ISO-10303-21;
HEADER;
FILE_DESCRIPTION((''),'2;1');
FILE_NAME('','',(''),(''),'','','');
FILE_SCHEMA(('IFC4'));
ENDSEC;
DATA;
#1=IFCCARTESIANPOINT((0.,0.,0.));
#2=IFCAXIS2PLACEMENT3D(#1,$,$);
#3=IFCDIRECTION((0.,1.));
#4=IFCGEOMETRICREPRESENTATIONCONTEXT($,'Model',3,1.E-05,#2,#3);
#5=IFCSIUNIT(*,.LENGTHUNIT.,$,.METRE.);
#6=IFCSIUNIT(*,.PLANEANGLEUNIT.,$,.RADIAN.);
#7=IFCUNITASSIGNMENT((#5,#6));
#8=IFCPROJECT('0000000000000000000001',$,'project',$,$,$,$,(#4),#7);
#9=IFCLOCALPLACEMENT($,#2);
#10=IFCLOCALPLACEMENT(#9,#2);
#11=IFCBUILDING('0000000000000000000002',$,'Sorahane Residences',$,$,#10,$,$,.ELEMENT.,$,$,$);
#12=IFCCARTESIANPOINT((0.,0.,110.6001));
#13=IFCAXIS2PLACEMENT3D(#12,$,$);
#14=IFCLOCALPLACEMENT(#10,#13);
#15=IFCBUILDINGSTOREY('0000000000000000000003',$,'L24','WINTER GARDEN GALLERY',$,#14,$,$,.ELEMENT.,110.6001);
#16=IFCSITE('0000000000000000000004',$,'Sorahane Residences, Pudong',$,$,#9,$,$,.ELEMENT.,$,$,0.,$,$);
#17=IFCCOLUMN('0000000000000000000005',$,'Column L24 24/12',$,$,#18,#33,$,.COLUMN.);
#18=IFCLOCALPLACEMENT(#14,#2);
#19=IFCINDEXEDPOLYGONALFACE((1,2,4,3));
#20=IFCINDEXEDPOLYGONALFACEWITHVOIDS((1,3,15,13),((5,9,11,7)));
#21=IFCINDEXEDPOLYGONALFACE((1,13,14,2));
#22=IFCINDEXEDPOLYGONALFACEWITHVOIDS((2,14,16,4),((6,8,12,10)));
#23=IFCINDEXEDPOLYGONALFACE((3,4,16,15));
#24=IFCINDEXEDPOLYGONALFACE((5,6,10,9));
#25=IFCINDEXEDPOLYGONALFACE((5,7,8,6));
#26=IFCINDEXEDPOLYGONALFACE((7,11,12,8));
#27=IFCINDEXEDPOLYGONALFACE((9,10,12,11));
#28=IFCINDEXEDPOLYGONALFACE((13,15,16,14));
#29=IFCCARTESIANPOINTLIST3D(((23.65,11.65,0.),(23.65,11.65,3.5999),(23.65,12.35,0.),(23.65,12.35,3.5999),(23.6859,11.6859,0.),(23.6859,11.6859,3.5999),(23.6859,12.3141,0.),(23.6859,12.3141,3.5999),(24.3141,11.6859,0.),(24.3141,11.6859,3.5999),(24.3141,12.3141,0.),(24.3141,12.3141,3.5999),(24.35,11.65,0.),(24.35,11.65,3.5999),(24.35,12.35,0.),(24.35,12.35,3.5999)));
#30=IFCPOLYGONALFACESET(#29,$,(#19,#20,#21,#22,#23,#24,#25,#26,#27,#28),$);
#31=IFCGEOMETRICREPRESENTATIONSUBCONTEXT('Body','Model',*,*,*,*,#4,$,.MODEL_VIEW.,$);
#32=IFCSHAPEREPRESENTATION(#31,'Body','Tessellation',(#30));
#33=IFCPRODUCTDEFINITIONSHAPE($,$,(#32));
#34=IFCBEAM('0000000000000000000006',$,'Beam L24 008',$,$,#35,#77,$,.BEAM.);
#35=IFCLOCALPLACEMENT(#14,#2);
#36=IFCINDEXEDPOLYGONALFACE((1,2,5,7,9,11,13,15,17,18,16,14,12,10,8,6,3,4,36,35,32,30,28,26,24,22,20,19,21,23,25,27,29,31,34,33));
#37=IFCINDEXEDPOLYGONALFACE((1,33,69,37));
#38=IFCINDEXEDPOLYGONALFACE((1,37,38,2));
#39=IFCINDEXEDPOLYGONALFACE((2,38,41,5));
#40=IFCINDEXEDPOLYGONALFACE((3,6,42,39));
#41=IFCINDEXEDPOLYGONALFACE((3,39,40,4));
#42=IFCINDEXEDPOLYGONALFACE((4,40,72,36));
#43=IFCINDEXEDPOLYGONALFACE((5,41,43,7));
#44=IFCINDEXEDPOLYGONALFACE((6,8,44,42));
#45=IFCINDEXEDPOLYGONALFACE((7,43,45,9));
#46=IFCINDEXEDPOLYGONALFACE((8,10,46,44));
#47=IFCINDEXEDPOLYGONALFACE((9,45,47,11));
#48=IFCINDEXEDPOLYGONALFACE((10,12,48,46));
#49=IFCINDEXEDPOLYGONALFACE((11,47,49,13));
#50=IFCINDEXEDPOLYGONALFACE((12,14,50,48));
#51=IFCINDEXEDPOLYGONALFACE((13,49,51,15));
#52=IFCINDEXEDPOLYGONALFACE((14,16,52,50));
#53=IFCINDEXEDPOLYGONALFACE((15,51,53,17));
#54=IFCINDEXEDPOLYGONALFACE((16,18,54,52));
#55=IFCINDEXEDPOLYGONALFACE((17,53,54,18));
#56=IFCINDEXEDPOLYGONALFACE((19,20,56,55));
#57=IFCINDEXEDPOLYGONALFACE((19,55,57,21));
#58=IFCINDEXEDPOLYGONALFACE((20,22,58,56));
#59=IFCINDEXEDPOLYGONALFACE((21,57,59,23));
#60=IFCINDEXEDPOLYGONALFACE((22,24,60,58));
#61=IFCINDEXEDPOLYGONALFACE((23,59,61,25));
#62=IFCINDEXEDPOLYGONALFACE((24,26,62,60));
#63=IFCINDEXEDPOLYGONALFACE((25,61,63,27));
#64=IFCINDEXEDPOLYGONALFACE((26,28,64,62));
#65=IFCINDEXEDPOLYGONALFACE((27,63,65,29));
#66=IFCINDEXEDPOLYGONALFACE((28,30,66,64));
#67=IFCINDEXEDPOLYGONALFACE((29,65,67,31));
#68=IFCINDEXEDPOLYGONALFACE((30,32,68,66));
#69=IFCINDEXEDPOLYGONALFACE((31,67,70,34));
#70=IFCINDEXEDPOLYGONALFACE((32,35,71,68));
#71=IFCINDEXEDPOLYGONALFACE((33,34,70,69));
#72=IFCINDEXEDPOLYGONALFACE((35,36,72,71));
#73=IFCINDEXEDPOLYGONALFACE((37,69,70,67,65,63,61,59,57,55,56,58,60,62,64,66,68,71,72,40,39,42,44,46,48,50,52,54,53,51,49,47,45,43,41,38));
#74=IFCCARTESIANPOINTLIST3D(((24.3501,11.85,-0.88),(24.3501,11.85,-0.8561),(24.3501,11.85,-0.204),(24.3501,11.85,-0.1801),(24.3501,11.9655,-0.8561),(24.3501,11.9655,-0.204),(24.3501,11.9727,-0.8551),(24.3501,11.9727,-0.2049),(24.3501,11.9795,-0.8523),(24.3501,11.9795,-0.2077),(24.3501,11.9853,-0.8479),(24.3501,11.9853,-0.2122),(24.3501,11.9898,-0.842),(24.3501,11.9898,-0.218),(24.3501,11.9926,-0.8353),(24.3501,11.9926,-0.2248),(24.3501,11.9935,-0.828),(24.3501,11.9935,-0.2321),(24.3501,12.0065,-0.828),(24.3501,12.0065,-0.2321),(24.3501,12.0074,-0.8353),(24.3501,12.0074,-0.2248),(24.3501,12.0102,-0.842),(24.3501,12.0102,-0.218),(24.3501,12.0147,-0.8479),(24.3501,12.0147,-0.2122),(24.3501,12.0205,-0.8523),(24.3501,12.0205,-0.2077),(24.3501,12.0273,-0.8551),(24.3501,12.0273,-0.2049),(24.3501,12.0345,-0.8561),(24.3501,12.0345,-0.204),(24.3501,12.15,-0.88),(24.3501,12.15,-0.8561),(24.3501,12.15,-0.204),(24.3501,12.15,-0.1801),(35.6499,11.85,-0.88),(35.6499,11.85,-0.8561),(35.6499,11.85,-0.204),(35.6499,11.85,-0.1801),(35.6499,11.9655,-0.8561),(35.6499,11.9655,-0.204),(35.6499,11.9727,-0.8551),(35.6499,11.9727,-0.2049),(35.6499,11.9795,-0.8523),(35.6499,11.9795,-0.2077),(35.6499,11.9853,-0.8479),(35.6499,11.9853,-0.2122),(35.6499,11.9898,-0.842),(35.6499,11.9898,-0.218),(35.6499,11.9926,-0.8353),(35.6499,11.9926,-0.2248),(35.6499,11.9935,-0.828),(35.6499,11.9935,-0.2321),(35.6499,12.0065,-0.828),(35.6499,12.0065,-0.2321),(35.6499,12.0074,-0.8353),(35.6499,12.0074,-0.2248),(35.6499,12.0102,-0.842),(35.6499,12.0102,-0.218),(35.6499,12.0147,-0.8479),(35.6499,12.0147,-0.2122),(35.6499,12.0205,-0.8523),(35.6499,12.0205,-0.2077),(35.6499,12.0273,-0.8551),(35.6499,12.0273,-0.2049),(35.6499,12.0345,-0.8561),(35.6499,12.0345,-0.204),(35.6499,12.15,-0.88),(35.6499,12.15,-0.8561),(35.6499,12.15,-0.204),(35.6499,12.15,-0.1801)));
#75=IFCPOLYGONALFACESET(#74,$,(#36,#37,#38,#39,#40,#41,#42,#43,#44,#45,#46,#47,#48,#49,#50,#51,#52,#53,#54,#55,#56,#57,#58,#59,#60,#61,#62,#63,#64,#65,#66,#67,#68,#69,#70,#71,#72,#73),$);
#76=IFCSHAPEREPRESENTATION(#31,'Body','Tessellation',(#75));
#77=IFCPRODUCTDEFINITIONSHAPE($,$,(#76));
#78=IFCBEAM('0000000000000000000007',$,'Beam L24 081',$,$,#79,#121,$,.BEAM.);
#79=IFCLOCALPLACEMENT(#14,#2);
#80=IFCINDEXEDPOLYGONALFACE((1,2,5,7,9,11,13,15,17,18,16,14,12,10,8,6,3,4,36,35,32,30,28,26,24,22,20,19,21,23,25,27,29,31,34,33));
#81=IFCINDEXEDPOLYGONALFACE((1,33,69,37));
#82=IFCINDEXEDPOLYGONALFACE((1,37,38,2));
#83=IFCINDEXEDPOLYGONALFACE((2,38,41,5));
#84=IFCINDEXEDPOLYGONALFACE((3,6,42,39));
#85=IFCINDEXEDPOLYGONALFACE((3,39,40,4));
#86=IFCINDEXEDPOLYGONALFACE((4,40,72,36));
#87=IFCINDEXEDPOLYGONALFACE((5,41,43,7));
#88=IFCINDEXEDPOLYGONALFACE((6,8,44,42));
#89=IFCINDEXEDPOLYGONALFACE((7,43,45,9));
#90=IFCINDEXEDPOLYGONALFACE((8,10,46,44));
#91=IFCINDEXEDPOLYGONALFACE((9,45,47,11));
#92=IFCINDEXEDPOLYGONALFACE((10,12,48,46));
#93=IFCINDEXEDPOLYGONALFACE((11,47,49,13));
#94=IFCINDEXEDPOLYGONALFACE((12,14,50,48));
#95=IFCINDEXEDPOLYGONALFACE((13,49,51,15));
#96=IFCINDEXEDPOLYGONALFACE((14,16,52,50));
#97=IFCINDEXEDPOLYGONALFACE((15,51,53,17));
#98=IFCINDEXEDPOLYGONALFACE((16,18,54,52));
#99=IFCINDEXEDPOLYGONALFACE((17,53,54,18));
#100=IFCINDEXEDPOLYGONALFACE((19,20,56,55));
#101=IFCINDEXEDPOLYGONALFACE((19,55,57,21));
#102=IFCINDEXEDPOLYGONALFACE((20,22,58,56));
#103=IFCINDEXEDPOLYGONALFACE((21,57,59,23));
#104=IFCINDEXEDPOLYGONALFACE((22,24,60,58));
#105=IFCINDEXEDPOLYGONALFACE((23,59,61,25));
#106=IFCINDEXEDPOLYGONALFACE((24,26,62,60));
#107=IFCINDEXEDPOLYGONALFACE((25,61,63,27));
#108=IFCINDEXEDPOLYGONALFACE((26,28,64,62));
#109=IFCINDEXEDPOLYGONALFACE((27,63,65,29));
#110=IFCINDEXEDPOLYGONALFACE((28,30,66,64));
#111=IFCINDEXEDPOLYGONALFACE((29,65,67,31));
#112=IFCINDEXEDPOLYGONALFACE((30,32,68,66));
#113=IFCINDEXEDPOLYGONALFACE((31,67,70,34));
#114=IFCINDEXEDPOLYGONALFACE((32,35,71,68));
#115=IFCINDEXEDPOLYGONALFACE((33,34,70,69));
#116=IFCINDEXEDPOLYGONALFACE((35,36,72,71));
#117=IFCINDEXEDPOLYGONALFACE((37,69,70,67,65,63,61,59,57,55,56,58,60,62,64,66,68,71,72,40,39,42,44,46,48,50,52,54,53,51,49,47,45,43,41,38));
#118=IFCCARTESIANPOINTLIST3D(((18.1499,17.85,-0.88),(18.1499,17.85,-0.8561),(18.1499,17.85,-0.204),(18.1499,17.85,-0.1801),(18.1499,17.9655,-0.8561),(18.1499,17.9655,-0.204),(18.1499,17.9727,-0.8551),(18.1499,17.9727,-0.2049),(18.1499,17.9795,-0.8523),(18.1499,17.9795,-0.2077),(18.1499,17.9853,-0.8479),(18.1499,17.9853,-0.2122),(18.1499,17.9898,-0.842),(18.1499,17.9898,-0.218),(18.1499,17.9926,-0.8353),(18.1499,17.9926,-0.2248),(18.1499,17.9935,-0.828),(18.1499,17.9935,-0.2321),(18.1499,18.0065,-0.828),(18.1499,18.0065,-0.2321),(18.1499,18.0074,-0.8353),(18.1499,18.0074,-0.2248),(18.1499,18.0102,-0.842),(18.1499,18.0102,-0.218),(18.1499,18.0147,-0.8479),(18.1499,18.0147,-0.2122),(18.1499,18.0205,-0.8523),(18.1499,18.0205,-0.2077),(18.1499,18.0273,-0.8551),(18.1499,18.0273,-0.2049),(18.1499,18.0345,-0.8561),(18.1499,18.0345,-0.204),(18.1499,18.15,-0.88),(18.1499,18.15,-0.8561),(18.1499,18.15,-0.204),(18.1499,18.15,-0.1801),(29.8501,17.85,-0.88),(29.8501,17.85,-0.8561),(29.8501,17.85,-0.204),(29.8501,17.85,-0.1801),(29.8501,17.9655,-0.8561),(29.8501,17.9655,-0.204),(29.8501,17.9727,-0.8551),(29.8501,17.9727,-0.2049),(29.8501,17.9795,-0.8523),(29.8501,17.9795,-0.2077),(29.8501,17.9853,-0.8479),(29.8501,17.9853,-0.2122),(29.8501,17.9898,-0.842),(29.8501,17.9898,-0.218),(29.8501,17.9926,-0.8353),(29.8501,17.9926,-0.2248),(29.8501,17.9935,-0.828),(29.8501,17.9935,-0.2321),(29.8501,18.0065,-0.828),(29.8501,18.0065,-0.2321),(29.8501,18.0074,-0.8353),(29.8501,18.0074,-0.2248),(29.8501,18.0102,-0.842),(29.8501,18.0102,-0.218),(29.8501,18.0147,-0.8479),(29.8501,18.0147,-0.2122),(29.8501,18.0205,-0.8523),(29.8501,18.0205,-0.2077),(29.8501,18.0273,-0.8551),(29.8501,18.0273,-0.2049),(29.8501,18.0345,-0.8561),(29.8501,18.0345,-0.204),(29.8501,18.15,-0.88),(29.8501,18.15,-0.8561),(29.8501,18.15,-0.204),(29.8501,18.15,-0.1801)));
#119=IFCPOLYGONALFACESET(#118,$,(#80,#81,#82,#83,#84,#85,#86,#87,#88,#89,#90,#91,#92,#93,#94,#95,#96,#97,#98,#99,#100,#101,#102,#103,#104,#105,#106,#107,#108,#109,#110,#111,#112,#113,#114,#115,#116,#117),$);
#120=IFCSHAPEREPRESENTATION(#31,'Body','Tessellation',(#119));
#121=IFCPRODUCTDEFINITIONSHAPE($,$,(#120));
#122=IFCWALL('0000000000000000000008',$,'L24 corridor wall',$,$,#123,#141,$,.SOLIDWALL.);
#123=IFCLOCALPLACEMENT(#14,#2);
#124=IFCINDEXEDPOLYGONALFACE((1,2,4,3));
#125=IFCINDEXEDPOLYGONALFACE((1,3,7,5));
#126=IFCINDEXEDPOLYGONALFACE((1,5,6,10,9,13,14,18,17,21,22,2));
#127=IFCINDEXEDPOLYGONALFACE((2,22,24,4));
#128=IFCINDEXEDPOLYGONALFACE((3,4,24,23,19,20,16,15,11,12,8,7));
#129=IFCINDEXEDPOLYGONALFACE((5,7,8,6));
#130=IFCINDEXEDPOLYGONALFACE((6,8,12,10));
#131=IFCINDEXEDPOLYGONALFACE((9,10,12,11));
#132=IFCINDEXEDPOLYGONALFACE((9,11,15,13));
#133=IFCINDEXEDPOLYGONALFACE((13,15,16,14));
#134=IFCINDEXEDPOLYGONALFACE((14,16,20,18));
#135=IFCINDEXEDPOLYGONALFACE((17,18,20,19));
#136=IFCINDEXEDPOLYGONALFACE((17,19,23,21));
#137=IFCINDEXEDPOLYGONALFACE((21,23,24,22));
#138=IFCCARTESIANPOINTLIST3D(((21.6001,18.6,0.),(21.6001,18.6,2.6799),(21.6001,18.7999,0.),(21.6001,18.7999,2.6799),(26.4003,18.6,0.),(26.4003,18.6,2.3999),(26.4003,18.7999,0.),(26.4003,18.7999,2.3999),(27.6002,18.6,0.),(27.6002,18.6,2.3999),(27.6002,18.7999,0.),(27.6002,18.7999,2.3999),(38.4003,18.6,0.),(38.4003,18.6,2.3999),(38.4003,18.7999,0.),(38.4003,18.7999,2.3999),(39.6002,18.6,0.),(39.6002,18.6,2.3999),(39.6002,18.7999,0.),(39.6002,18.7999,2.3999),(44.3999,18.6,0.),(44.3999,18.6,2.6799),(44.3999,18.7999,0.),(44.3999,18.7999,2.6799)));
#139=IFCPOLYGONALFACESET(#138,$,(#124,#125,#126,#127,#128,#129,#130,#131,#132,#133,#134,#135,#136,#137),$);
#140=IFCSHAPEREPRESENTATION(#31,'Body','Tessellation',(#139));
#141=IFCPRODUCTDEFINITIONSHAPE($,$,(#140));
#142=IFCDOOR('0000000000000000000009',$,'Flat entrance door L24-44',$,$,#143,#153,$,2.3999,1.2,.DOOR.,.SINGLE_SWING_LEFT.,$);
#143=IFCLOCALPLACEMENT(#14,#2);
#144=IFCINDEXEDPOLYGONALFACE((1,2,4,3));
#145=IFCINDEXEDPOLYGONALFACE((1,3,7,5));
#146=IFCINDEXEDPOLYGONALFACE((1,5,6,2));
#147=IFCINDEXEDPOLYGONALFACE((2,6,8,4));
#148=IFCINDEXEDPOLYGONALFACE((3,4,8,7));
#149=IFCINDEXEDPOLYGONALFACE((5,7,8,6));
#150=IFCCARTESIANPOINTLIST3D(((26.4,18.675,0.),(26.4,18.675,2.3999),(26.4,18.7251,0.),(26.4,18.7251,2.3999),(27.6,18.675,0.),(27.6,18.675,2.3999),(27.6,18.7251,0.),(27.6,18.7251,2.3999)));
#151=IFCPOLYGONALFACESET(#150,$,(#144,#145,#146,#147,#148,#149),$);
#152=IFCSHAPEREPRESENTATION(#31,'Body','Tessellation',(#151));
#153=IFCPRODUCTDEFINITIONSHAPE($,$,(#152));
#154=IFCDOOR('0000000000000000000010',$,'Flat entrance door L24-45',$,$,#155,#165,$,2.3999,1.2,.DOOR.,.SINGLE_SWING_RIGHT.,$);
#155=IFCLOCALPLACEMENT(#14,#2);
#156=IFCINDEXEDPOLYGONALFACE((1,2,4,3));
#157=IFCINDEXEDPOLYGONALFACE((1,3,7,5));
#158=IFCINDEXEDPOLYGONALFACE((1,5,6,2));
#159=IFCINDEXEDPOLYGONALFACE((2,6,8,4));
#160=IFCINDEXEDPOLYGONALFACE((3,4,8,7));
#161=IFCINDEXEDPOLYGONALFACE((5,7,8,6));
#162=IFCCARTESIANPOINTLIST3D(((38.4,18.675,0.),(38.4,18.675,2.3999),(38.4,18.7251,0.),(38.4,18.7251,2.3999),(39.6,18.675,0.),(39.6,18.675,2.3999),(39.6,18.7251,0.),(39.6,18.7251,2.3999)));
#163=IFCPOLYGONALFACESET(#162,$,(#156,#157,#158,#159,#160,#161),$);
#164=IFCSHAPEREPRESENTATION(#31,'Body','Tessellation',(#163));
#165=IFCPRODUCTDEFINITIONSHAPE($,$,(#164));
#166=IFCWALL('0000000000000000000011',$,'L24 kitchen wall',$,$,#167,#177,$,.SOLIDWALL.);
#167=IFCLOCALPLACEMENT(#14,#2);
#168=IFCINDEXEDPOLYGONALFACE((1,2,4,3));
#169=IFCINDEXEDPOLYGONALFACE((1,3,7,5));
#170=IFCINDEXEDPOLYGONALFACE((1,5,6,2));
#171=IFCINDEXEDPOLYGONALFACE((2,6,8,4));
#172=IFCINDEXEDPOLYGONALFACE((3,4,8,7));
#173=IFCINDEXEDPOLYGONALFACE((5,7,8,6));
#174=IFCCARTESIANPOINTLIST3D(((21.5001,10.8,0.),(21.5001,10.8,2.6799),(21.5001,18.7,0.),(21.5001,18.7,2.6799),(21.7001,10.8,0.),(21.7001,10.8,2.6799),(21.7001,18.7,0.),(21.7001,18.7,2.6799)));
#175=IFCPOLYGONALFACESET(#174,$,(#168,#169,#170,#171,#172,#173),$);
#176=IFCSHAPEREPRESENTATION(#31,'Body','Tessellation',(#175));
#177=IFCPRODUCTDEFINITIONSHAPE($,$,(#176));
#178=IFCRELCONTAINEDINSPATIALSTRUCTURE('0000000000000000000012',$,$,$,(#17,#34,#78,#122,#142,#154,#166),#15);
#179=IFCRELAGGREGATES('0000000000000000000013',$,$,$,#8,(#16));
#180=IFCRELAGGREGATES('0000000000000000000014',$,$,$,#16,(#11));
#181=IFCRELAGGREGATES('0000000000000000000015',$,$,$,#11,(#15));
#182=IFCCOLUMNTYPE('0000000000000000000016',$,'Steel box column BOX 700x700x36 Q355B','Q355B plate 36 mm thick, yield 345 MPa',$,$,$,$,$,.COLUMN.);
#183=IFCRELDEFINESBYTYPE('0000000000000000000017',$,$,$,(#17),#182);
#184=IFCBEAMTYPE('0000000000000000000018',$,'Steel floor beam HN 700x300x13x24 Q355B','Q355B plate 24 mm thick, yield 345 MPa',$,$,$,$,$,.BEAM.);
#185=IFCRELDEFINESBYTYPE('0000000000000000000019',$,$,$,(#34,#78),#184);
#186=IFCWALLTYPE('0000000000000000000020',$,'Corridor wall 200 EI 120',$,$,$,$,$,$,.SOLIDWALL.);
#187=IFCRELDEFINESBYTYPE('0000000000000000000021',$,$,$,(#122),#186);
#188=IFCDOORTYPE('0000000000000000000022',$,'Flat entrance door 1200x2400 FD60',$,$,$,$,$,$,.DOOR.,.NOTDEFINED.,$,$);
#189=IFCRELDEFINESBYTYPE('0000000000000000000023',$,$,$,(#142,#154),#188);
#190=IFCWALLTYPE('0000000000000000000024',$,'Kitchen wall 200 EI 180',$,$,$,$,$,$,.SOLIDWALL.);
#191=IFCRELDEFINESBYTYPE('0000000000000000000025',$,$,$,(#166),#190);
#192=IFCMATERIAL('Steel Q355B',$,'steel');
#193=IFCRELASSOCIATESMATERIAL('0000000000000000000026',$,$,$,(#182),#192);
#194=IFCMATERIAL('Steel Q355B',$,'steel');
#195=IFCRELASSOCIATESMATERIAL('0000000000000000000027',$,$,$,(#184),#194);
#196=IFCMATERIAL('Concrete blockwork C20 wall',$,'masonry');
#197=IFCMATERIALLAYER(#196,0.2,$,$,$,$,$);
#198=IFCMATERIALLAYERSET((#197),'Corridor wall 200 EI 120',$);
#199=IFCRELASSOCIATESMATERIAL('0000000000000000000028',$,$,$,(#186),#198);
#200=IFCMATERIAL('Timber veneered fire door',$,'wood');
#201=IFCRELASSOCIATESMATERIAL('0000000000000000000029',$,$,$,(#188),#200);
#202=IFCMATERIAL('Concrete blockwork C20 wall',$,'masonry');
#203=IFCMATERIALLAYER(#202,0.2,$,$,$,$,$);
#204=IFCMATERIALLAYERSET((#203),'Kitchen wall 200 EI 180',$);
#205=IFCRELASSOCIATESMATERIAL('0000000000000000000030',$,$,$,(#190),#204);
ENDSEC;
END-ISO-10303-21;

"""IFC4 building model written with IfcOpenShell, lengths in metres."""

from ifc_helpers import new_model, si_unit, direction, frame, frame_2d, origin, origin_2d, place, context, subcontext, project, spatial, rectangle, hollow_rectangle, i_section, extrude, material, layer, layer_set, material_profile, profile_set, type_object, element, fill, save


model = new_model("IFC4")

# Units and contexts
model_context = context("Model", 3, precision=1e-05, world=origin(), true_north=direction((0.0, 1.0)))
body_context = subcontext(model_context, "Body", "Model", "MODEL_VIEW")
ifc_project = project(units=[si_unit("LENGTHUNIT", "METRE"), si_unit("PLANEANGLEUNIT", "RADIAN")], contexts=[model_context])

# Site, building, storey
site_placement = place(None, origin())
site = spatial("IfcSite", under=ifc_project, at=site_placement, Name="Sorahane Residences, Pudong", CompositionType="ELEMENT", RefElevation=0.0)
building_placement = place(site_placement, origin())
building = spatial("IfcBuilding", under=site, at=building_placement, Name="Sorahane Residences", CompositionType="ELEMENT")
storey_placement = place(building_placement, frame((0.0, 0.0, 110.6001)))
storey = spatial("IfcBuildingStorey", under=building, at=storey_placement, Name="L24", Description="WINTER GARDEN GALLERY", CompositionType="ELEMENT", Elevation=110.6001)

# Column
ifc_material_1 = material(Name="Steel Q355B", Category="steel")
ifc_material_profile_1 = material_profile(ifc_material_1, hollow_rectangle(XDim=0.7, YDim=0.7, WallThickness=0.0359, at=origin_2d()), Name="BOX 700x700x36")
ifc_profile_set_1 = profile_set([ifc_material_profile_1], Name="Steel Q355B")
column_type = type_object("IfcColumnType", Name="Steel box column BOX 700x700x36 Q355B", Description="Q355B plate 36 mm thick, yield 345 MPa", PredefinedType="COLUMN", material=ifc_profile_set_1)
column_placement = place(storey_placement, frame((24.0, 12.0, 0.0), z_axis=(0.0, 0.0, 1.0), x_axis=(1.0, 0.0, 0.0)))
element("IfcColumn", 1, at=column_placement, inside=storey, type_object=column_type, Name="Column L24 24/12", PredefinedType="COLUMN", context=body_context, shape_type="SweptSolid", body=[
    extrude(hollow_rectangle(XDim=0.7, YDim=0.7, WallThickness=0.0359, at=origin_2d()), origin(), (0.0, 0.0, 1.0), 3.5999),
])

# Beams
ifc_material_2 = material(Name="Steel Q355B", Category="steel")
ifc_material_profile_2 = material_profile(ifc_material_2, i_section(OverallWidth=0.3, OverallDepth=0.7, WebThickness=0.0129, FlangeThickness=0.0239, FilletRadius=0.0281, at=origin_2d()), Name="HN 700x300x13x24")
ifc_profile_set_2 = profile_set([ifc_material_profile_2], Name="Steel Q355B")
beam_type = type_object("IfcBeamType", Name="Steel floor beam HN 700x300x13x24 Q355B", Description="Q355B plate 24 mm thick, yield 345 MPa", PredefinedType="BEAM", material=ifc_profile_set_2)
beam_1_placement = place(storey_placement, frame((24.3501, 12.0, -0.53), z_axis=(1.0, 0.0, 0.0), x_axis=(0.0, 1.0, 0.0)))
element("IfcBeam", 2, at=beam_1_placement, inside=storey, type_object=beam_type, Name="Beam L24 008", PredefinedType="BEAM", context=body_context, shape_type="SweptSolid", body=[
    extrude(i_section(OverallWidth=0.3, OverallDepth=0.7, WebThickness=0.0129, FlangeThickness=0.0239, FilletRadius=0.0281, at=origin_2d()), origin(), (0.0, 0.0, 1.0), 11.2998),
])
beam_2_placement = place(storey_placement, frame((18.1499, 18.0, -0.53), z_axis=(1.0, 0.0, 0.0), x_axis=(0.0, 1.0, 0.0)))
element("IfcBeam", 3, at=beam_2_placement, inside=storey, type_object=beam_type, Name="Beam L24 081", PredefinedType="BEAM", context=body_context, shape_type="SweptSolid", body=[
    extrude(i_section(OverallWidth=0.3, OverallDepth=0.7, WebThickness=0.0129, FlangeThickness=0.0239, FilletRadius=0.0281, at=origin_2d()), origin(), (0.0, 0.0, 1.0), 11.7002),
])

# Wall, openings, doors
ifc_material_3 = material(Name="Concrete blockwork C20 wall", Category="masonry")
ifc_layer_1 = layer(ifc_material_3, 0.2)
ifc_layer_set_1 = layer_set([ifc_layer_1], Name="Corridor wall 200 EI 120")
wall_type_1 = type_object("IfcWallType", Name="Corridor wall 200 EI 120", PredefinedType="SOLIDWALL", material=ifc_layer_set_1)
wall_1_placement = place(storey_placement, frame((21.6001, 18.7, 0.0), z_axis=(0.0, 0.0, 1.0), x_axis=(1.0, 0.0, 0.0)))
wall_1 = element("IfcWall", 4, at=wall_1_placement, inside=storey, type_object=wall_type_1, Name="L24 corridor wall", PredefinedType="SOLIDWALL", context=body_context, shape_type="SweptSolid", body=[
    extrude(rectangle(XDim=22.7998, YDim=0.2, at=frame_2d((11.3999, 0.0))), origin(), (0.0, 0.0, 1.0), 2.6799),
])
opening_1_placement = place(wall_1_placement, frame((4.8, 0.0, 0.0)))
opening_1 = element("IfcOpeningElement", 5, at=opening_1_placement, cuts=wall_1, PredefinedType="OPENING", context=body_context, shape_type="SweptSolid", body=[
    extrude(rectangle(XDim=1.2, YDim=2.3999, at=frame_2d((0.6001, 1.2))), frame((0.0, 0.1099, 0.0), z_axis=(0.0, -1.0, 0.0), x_axis=(1.0, 0.0, 0.0)), (0.0, 0.0, 1.0), 0.22),
])
opening_2_placement = place(wall_1_placement, frame((16.8, 0.0, 0.0)))
opening_2 = element("IfcOpeningElement", 6, at=opening_2_placement, cuts=wall_1, PredefinedType="OPENING", context=body_context, shape_type="SweptSolid", body=[
    extrude(rectangle(XDim=1.2, YDim=2.3999, at=frame_2d((0.6001, 1.2))), frame((0.0, 0.1099, 0.0), z_axis=(0.0, -1.0, 0.0), x_axis=(1.0, 0.0, 0.0)), (0.0, 0.0, 1.0), 0.22),
])
ifc_material_4 = material(Name="Timber veneered fire door", Category="wood")
door_type_1 = type_object("IfcDoorType", Name="Flat entrance door 1200x2400 FD60", OperationType="NOTDEFINED", PredefinedType="DOOR", material=ifc_material_4)
door_1_placement = place(opening_1_placement, frame((1.2, 0.0, 0.0), z_axis=(0.0, 0.0, 1.0), x_axis=(-1.0, 0.0, 0.0)))
door_1 = element("IfcDoor", 7, at=door_1_placement, inside=storey, type_object=door_type_1, Name="Flat entrance door L24-44", OperationType="SINGLE_SWING_LEFT", OverallHeight=2.3999, OverallWidth=1.2, PredefinedType="DOOR", context=body_context, shape_type="SweptSolid", body=[
    extrude(rectangle(XDim=1.2, YDim=2.3999, at=frame_2d((0.6001, 1.2))), frame((0.0, 0.0249, 0.0), z_axis=(0.0, -1.0, 0.0), x_axis=(1.0, 0.0, 0.0)), (0.0, 0.0, 1.0), 0.05),
])
fill(opening_1, door_1)
door_2_placement = place(opening_2_placement, frame((1.2, 0.0, 0.0), z_axis=(0.0, 0.0, 1.0), x_axis=(-1.0, 0.0, 0.0)))
door_2 = element("IfcDoor", 8, at=door_2_placement, inside=storey, type_object=door_type_1, Name="Flat entrance door L24-45", OperationType="SINGLE_SWING_RIGHT", OverallHeight=2.3999, OverallWidth=1.2, PredefinedType="DOOR", context=body_context, shape_type="SweptSolid", body=[
    extrude(rectangle(XDim=1.2, YDim=2.3999, at=frame_2d((0.6001, 1.2))), frame((0.0, 0.0249, 0.0), z_axis=(0.0, -1.0, 0.0), x_axis=(1.0, 0.0, 0.0)), (0.0, 0.0, 1.0), 0.05),
])
fill(opening_2, door_2)

# Wall
ifc_material_5 = material(Name="Concrete blockwork C20 wall", Category="masonry")
ifc_layer_2 = layer(ifc_material_5, 0.2)
ifc_layer_set_2 = layer_set([ifc_layer_2], Name="Kitchen wall 200 EI 180")
wall_type_2 = type_object("IfcWallType", Name="Kitchen wall 200 EI 180", PredefinedType="SOLIDWALL", material=ifc_layer_set_2)
wall_2_placement = place(storey_placement, frame((21.6001, 10.8, 0.0), z_axis=(0.0, 0.0, 1.0), x_axis=(0.0, 1.0, 0.0)))
element("IfcWall", 9, at=wall_2_placement, inside=storey, type_object=wall_type_2, Name="L24 kitchen wall", PredefinedType="SOLIDWALL", context=body_context, shape_type="SweptSolid", body=[
    extrude(rectangle(XDim=7.8999, YDim=0.2, at=frame_2d((3.95, 0.0))), origin(), (0.0, 0.0, 1.0), 2.6799),
])

save(model, "model.ifc")
